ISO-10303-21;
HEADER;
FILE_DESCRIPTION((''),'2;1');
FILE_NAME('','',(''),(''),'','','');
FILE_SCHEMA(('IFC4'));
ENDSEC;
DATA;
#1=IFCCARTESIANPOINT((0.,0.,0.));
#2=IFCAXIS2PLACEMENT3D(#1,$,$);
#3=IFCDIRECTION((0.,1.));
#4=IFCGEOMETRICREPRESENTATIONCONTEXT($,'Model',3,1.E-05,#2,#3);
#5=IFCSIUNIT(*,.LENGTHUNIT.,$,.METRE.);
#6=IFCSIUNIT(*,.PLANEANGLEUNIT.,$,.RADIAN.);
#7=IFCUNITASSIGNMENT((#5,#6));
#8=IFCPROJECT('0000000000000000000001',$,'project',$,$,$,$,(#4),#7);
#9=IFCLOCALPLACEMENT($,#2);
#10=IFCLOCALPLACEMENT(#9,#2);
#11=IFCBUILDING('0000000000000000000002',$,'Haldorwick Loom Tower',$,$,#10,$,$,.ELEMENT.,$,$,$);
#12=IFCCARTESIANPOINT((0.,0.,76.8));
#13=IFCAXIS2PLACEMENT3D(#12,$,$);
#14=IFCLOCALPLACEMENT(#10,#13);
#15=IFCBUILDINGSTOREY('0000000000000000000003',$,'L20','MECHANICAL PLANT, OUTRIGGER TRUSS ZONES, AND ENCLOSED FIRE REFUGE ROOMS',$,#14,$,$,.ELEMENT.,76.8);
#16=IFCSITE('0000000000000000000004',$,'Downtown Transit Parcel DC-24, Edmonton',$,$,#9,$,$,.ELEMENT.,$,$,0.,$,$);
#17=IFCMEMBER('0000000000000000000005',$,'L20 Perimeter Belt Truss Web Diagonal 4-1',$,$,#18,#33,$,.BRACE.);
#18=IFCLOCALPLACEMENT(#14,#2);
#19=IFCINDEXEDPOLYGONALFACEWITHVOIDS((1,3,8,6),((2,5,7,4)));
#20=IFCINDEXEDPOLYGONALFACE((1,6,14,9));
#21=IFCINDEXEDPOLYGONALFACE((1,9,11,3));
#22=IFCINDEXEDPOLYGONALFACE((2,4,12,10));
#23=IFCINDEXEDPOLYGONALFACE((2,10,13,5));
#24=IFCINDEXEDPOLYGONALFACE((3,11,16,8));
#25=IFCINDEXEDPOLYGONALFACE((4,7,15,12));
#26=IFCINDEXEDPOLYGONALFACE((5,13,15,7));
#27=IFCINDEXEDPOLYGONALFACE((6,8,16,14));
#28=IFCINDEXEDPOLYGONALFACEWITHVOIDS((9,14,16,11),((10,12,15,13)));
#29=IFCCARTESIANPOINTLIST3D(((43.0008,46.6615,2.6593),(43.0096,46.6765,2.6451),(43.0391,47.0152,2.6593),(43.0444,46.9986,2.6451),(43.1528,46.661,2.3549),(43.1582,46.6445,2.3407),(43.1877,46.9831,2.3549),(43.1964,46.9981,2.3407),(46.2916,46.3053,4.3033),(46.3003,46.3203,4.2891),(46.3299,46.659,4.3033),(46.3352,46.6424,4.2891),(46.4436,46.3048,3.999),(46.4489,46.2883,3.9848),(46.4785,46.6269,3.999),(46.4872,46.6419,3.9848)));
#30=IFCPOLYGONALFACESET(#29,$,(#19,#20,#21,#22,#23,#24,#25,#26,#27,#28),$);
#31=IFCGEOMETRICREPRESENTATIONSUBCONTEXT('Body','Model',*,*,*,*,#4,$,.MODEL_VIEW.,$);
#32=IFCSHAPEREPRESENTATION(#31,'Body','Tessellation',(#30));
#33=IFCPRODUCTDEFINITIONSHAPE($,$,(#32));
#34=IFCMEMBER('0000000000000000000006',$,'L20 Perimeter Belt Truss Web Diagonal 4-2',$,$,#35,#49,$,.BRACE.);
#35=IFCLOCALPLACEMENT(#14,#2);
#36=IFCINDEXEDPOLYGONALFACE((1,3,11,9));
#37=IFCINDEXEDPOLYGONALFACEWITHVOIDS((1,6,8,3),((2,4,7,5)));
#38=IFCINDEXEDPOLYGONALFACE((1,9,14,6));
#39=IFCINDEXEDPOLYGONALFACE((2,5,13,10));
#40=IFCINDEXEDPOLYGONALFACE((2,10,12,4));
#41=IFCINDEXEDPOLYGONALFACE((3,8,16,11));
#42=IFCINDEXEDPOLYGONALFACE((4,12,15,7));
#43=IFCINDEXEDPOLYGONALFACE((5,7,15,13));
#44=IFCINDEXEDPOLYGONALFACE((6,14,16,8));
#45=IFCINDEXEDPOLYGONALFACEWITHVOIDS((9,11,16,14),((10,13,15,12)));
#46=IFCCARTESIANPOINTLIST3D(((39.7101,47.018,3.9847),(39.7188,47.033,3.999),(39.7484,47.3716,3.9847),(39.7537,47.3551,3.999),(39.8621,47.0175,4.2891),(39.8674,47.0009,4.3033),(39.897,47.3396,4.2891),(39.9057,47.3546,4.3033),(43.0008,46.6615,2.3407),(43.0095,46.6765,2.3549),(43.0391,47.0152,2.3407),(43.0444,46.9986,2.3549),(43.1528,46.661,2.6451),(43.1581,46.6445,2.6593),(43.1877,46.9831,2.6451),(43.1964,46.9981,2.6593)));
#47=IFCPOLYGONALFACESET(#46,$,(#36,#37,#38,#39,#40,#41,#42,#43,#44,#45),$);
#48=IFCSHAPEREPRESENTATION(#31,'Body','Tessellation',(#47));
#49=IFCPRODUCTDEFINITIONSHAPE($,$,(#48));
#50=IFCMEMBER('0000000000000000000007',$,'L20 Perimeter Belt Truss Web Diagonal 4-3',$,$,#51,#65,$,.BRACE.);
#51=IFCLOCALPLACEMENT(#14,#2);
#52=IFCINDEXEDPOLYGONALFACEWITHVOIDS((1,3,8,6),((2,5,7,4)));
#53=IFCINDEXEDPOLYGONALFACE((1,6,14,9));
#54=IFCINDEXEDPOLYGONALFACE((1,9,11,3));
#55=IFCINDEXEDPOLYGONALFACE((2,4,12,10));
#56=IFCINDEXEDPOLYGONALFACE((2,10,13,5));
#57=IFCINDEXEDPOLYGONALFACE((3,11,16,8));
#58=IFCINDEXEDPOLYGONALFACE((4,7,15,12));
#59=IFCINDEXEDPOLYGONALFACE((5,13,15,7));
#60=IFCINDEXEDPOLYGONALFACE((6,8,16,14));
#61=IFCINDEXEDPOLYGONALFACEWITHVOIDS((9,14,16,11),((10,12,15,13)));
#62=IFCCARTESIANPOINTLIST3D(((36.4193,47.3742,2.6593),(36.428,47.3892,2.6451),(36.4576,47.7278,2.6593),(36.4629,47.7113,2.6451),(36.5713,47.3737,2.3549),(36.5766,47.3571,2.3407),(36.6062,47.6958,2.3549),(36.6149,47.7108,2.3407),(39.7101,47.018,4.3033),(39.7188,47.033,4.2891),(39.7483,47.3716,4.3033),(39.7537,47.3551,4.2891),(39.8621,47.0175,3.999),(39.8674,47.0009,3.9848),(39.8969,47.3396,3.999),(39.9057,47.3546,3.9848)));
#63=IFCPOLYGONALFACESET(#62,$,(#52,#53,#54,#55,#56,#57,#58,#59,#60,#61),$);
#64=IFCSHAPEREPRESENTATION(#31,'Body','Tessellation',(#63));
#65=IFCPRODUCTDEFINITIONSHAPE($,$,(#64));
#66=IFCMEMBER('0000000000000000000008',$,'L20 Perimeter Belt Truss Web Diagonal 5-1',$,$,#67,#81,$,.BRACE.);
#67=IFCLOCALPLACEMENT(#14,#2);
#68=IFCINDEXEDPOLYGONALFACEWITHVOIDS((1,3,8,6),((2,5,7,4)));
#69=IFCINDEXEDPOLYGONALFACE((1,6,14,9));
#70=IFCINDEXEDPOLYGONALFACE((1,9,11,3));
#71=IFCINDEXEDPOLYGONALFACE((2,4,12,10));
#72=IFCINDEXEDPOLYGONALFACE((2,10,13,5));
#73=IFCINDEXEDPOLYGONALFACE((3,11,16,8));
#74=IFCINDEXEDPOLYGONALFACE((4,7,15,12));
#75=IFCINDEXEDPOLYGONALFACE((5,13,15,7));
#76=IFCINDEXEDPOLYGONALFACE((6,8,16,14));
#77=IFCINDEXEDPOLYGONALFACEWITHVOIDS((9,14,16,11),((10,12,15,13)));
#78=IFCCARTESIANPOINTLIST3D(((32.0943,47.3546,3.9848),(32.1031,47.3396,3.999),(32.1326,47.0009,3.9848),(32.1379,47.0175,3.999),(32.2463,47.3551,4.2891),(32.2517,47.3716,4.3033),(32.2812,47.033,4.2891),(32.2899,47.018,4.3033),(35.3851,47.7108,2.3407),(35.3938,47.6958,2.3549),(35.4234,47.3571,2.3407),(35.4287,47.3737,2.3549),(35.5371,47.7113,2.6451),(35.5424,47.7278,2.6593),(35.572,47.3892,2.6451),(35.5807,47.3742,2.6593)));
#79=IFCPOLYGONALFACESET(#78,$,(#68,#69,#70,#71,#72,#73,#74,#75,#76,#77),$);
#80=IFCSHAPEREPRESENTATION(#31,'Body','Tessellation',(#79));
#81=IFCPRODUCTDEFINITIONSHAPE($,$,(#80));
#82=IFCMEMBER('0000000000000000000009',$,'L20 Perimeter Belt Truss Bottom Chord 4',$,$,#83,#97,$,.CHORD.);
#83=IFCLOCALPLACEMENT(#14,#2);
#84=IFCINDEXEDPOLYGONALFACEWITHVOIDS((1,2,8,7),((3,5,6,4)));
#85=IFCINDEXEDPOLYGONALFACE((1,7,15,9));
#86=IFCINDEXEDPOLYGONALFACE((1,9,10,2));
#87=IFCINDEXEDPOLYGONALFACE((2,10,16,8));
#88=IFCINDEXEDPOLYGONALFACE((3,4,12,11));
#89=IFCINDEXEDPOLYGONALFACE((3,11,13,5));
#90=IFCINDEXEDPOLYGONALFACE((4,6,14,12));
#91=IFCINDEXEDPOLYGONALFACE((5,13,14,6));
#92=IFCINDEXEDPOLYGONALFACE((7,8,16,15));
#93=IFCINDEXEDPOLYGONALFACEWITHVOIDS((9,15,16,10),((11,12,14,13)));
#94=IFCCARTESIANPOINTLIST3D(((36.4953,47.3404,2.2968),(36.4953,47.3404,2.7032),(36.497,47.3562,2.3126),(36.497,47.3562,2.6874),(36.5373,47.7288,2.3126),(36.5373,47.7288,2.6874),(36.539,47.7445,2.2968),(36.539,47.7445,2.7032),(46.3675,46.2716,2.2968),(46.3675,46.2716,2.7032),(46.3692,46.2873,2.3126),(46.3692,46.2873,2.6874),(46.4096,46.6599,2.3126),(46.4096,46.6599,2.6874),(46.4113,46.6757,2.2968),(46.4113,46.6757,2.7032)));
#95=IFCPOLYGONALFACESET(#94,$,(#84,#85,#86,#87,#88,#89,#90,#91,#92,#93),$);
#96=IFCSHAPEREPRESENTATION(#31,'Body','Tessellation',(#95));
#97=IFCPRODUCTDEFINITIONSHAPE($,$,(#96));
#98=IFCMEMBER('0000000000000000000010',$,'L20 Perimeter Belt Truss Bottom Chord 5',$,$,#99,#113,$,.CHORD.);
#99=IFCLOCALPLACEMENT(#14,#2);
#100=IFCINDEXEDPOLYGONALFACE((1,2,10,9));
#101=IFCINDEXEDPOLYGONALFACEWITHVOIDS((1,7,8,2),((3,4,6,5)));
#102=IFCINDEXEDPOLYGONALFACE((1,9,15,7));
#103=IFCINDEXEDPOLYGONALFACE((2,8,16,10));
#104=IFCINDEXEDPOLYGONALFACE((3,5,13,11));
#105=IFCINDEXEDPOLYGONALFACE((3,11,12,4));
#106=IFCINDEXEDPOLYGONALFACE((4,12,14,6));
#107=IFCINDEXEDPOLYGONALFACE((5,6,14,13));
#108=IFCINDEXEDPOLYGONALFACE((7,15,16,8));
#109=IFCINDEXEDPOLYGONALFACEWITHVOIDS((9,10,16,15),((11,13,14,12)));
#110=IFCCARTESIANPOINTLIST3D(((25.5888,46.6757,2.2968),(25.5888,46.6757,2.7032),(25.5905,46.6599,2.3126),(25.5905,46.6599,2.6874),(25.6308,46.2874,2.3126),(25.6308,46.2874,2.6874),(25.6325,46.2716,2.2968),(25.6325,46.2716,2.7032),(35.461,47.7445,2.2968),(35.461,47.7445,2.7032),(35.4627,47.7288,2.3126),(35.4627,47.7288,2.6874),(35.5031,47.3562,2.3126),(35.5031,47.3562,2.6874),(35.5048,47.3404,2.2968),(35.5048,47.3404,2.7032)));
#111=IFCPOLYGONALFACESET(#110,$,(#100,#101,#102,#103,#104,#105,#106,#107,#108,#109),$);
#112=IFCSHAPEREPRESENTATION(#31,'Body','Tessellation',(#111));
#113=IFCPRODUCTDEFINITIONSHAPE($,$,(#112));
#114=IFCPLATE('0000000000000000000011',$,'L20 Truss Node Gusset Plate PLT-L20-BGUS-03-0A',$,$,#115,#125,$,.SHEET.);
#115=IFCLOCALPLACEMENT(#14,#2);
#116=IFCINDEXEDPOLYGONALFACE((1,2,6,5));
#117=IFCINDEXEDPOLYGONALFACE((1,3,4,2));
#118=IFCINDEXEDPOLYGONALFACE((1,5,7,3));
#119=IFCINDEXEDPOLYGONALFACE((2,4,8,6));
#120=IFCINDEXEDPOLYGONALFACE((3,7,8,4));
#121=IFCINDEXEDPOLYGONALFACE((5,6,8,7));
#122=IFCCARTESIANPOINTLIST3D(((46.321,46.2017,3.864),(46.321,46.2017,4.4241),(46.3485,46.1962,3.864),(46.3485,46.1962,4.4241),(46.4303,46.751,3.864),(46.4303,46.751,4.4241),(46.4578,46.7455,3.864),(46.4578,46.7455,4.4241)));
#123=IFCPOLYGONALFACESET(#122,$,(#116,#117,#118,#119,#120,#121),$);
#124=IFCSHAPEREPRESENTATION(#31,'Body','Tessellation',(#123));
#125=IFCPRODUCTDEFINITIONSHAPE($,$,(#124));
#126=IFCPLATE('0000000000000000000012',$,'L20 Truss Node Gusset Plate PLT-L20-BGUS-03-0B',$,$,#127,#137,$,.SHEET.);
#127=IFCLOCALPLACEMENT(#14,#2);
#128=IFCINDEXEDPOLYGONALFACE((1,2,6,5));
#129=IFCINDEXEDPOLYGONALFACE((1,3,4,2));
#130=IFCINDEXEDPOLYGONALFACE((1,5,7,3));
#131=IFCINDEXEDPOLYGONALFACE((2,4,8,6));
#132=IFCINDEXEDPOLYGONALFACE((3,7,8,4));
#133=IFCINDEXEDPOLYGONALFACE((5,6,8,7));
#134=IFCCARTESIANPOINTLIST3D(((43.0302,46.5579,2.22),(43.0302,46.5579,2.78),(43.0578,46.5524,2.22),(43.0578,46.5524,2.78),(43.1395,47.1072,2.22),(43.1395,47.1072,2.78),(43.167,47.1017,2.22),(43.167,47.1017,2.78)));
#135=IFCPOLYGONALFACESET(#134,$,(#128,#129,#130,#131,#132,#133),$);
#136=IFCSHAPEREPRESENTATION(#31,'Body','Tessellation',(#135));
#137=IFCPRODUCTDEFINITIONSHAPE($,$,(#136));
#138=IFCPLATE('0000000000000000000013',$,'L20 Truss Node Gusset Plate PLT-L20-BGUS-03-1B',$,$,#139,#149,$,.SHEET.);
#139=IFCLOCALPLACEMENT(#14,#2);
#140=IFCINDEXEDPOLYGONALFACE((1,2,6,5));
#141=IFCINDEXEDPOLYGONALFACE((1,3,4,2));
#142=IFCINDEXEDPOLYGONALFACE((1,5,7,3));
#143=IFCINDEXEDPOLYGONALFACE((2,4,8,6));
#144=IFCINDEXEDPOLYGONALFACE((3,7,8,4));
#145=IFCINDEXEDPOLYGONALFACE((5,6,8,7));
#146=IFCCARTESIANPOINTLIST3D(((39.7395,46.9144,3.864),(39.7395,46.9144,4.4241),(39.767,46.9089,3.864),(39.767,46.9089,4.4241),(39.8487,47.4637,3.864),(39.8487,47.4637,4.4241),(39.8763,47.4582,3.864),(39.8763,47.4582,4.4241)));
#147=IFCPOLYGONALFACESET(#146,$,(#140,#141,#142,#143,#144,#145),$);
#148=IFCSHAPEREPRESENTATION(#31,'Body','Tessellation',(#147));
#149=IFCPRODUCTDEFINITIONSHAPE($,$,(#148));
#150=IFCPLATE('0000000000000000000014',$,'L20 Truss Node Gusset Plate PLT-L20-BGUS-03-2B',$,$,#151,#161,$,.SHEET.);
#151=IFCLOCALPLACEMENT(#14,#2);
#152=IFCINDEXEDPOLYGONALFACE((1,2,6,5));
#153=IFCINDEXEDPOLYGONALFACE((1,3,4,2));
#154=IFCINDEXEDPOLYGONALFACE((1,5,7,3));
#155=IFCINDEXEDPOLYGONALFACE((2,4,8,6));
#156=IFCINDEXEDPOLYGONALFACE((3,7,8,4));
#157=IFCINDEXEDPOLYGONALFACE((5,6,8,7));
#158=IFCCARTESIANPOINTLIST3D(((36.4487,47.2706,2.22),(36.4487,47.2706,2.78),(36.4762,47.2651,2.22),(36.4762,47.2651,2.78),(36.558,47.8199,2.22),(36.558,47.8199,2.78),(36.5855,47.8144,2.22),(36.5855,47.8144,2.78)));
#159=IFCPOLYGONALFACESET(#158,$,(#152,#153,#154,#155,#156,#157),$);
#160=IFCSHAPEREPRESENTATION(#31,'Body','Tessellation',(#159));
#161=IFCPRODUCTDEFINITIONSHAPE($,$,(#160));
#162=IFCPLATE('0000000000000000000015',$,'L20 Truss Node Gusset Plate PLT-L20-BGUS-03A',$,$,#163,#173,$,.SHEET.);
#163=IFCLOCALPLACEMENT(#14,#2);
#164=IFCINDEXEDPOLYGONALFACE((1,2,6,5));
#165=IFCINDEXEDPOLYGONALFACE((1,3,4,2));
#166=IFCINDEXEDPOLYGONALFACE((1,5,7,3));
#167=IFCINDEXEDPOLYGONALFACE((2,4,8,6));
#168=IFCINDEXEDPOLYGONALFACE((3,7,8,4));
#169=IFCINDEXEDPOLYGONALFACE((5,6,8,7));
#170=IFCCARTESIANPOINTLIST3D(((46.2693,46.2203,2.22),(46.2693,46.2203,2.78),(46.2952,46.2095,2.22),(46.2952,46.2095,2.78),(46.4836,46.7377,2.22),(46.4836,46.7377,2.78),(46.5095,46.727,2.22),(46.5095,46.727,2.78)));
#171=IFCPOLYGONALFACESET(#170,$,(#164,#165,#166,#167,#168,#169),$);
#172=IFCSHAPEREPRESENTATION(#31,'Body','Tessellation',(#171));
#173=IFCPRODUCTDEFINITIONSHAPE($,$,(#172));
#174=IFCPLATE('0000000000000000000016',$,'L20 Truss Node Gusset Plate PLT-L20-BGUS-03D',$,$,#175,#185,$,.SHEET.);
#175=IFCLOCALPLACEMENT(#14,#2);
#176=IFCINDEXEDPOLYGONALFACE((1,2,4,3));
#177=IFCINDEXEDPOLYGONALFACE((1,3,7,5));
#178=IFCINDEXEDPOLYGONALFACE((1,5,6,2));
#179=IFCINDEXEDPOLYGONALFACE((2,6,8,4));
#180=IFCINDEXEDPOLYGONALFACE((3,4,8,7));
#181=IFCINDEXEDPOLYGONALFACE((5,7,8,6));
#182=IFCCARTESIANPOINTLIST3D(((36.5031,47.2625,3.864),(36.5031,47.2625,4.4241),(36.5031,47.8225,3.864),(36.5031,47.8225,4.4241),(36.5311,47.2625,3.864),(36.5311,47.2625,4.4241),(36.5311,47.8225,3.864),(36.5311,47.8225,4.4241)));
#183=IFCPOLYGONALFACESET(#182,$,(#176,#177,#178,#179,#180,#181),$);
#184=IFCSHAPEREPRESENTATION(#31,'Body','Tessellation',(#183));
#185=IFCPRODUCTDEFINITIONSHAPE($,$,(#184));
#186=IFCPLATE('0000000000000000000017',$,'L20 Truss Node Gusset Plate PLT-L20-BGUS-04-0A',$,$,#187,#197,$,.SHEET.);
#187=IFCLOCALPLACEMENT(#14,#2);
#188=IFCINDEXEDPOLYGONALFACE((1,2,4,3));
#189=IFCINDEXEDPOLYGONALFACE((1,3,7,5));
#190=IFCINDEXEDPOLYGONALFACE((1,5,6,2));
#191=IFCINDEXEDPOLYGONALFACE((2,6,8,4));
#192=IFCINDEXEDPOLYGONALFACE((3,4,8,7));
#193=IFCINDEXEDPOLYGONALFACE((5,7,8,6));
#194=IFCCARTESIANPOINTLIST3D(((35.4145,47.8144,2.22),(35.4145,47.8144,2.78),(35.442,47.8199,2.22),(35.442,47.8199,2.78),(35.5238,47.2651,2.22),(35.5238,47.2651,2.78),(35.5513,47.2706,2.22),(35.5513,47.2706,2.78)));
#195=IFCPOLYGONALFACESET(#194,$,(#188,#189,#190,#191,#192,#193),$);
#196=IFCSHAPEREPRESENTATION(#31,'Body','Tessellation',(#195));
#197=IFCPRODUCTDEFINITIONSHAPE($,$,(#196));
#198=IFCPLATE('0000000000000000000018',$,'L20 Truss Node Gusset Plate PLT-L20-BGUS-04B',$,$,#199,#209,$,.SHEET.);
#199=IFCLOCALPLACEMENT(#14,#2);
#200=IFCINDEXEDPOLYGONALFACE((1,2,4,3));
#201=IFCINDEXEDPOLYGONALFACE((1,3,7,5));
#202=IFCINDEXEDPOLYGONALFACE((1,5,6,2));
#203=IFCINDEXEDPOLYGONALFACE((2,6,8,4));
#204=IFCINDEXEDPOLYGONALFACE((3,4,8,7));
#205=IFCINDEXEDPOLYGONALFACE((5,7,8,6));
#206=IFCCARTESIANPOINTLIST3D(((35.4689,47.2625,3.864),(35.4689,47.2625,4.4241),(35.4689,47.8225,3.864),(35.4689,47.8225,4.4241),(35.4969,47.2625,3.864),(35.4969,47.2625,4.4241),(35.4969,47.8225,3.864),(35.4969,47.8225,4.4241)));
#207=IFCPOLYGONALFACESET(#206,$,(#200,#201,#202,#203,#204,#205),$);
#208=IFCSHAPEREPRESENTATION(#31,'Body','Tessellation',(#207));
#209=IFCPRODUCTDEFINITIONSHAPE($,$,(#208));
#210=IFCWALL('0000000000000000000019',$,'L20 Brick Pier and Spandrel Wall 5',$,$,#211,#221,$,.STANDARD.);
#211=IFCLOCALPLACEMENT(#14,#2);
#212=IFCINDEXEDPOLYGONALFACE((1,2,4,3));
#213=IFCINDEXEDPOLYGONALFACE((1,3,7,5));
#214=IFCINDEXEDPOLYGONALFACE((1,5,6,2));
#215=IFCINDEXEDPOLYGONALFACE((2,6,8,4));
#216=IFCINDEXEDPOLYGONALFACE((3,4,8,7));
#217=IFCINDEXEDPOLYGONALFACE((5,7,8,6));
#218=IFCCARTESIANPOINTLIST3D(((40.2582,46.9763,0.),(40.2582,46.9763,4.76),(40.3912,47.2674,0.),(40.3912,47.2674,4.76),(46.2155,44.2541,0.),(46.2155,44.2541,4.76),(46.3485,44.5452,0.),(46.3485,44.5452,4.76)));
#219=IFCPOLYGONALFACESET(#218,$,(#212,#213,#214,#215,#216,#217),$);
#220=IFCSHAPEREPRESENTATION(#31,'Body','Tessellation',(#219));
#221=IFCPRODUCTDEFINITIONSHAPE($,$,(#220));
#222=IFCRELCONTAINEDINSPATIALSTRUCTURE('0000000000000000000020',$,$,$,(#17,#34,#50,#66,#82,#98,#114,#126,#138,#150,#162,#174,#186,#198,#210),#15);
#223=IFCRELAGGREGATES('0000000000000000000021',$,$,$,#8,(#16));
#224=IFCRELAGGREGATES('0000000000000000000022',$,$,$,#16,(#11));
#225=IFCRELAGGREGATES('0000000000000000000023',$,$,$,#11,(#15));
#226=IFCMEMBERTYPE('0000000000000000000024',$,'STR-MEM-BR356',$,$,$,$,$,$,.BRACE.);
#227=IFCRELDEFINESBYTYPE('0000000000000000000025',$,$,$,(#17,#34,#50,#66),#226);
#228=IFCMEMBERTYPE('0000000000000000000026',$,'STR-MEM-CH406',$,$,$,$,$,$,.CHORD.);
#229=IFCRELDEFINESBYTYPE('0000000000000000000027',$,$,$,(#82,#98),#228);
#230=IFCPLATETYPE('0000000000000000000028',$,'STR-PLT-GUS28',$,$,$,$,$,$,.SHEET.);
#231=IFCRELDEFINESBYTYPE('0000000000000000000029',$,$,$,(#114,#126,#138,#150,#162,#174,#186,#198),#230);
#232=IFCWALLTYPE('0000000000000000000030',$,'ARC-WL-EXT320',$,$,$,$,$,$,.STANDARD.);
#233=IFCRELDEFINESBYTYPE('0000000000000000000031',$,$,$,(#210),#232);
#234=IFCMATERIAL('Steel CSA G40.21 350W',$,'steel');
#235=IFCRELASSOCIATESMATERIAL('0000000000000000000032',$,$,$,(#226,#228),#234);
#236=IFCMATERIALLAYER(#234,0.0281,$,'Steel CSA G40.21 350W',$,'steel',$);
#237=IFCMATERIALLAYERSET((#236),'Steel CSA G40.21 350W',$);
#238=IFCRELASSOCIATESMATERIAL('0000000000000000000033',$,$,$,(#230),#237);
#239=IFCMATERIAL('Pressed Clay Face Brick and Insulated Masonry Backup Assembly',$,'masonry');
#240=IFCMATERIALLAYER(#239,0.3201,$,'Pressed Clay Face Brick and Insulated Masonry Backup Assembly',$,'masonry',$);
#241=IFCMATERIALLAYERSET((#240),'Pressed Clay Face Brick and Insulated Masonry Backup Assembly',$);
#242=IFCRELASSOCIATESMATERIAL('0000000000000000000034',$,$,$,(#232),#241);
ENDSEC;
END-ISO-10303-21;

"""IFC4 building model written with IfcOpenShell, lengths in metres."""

from ifc_helpers import new_model, si_unit, direction, frame, frame_2d, origin, origin_2d, place, context, subcontext, project, spatial, rectangle, hollow_rectangle, extrude, material, layer, layer_set, material_profile, profile_set, type_object, element, save


model = new_model("IFC4")

# Units and contexts
model_context = context("Model", 3, precision=1e-05, world=origin(), true_north=direction((0.0, 1.0)))
body_context = subcontext(model_context, "Body", "Model", "MODEL_VIEW")
ifc_project = project(units=[si_unit("LENGTHUNIT", "METRE"), si_unit("PLANEANGLEUNIT", "RADIAN")], contexts=[model_context])

# Site, building, storey
site_placement = place(None, origin())
site = spatial("IfcSite", under=ifc_project, at=site_placement, Name="Downtown Transit Parcel DC-24, Edmonton", CompositionType="ELEMENT", RefElevation=0.0)
building_placement = place(site_placement, origin())
building = spatial("IfcBuilding", under=site, at=building_placement, Name="Haldorwick Loom Tower", CompositionType="ELEMENT")
storey_placement = place(building_placement, frame((0.0, 0.0, 76.8)))
storey = spatial("IfcBuildingStorey", under=building, at=storey_placement, Name="L20", Description="MECHANICAL PLANT, OUTRIGGER TRUSS ZONES, AND ENCLOSED FIRE REFUGE ROOMS", CompositionType="ELEMENT", Elevation=76.8)

# Shared definitions
ifc_material_1 = material(Name="Steel CSA G40.21 350W", Category="steel")

# Members
ifc_material_profile_1 = material_profile(ifc_material_1, hollow_rectangle(XDim=0.3557, YDim=0.3557, WallThickness=0.0159, at=origin_2d()), Name="HSS356X356X16", Category="steel")
ifc_profile_set_1 = profile_set([ifc_material_profile_1], Name="Steel CSA G40.21 350W")
member_type_1 = type_object("IfcMemberType", Name="STR-MEM-BR356", PredefinedType="BRACE", material=ifc_profile_set_1)
for number, where, z_axis, x_axis, name in (
    (1, (46.3894, 46.4736, 4.144), (-0.890409, 0.09638, -0.444841), (-0.107614, -0.994193, 0.0), "L20 Perimeter Belt Truss Web Diagonal 4-1"),
    (2, (43.0986, 46.8298, 2.5), (-0.890403, 0.096445, 0.444838), (-0.107687, -0.994185, 0.0), "L20 Perimeter Belt Truss Web Diagonal 4-2"),
    (3, (39.8079, 47.1863, 4.144), (-0.890409, 0.09638, -0.444841), (-0.107614, -0.994193, 0.0), "L20 Perimeter Belt Truss Web Diagonal 4-3"),
    (4, (35.4829, 47.5425, 2.5), (-0.890409, -0.09638, 0.444841), (0.107614, -0.994193, 0.0), "L20 Perimeter Belt Truss Web Diagonal 5-1"),
):
    element("IfcMember", number, at=place(storey_placement, frame(where, z_axis=z_axis, x_axis=x_axis)), inside=storey, type_object=member_type_1, Name=name, PredefinedType="BRACE", context=body_context, shape_type="SweptSolid", body=[
        extrude(hollow_rectangle(XDim=0.3557, YDim=0.3557, WallThickness=0.0159, at=origin_2d()), origin(), (0.0, 0.0, 1.0), 3.6958),
    ])
ifc_material_profile_2 = material_profile(ifc_material_1, hollow_rectangle(XDim=0.4065, YDim=0.4065, WallThickness=0.0159, at=origin_2d()), Name="HSS406X406X16", Category="steel")
ifc_profile_set_2 = profile_set([ifc_material_profile_2], Name="Steel CSA G40.21 350W")
member_type_2 = type_object("IfcMemberType", Name="STR-MEM-CH406", PredefinedType="CHORD", material=ifc_profile_set_2)
for number, where, z_axis, x_axis, name in (
    (5, (46.3894, 46.4736, 2.5), (-0.99419, 0.107638, 0.0), (-0.107638, -0.99419, 0.0), "L20 Perimeter Belt Truss Bottom Chord 4"),
    (6, (35.4829, 47.5425, 2.5), (-0.99419, -0.107638, 0.0), (0.107638, -0.99419, 0.0), "L20 Perimeter Belt Truss Bottom Chord 5"),
):
    element("IfcMember", number, at=place(storey_placement, frame(where, z_axis=z_axis, x_axis=x_axis)), inside=storey, type_object=member_type_2, Name=name, PredefinedType="CHORD", context=body_context, shape_type="SweptSolid", body=[
        extrude(hollow_rectangle(XDim=0.4065, YDim=0.4065, WallThickness=0.0159, at=origin_2d()), origin(), (0.0, 0.0, 1.0), 9.9299),
    ])

# Plates
ifc_layer_1 = layer(ifc_material_1, 0.0281, Name="Steel CSA G40.21 350W", Category="steel")
ifc_layer_set_1 = layer_set([ifc_layer_1], Name="Steel CSA G40.21 350W")
plate_type = type_object("IfcPlateType", Name="STR-PLT-GUS28", PredefinedType="SHEET", material=ifc_layer_set_1)
for number, where, z_axis, x_axis, name in (
    (7, (46.3894, 46.4736, 3.864), (0.0, 0.0, 1.0), (0.19509, 0.980785, 0.0), "L20 Truss Node Gusset Plate PLT-L20-BGUS-03-0A"),
    (8, (43.0986, 46.8298, 2.22), (0.0, 0.0, 1.0), (0.19509, 0.980785, 0.0), "L20 Truss Node Gusset Plate PLT-L20-BGUS-03-0B"),
    (9, (39.8079, 47.1863, 3.864), (0.0, 0.0, 1.0), (0.19509, 0.980785, 0.0), "L20 Truss Node Gusset Plate PLT-L20-BGUS-03-1B"),
    (10, (36.5171, 47.5425, 2.22), (0.0, 0.0, 1.0), (0.19509, 0.980785, 0.0), "L20 Truss Node Gusset Plate PLT-L20-BGUS-03-2B"),
    (11, (46.3894, 46.4736, 2.22), (0.0, 0.0, 1.0), (0.382683, 0.92388, 0.0), "L20 Truss Node Gusset Plate PLT-L20-BGUS-03A"),
    (12, (36.5171, 47.5425, 3.864), (0.0, 0.0, 1.0), (0.0, 1.0, 0.0), "L20 Truss Node Gusset Plate PLT-L20-BGUS-03D"),
    (13, (35.4829, 47.5425, 2.22), (0.0, 0.0, 1.0), (-0.19509, 0.980785, 0.0), "L20 Truss Node Gusset Plate PLT-L20-BGUS-04-0A"),
    (14, (35.4829, 47.5425, 3.864), (0.0, 0.0, 1.0), (0.0, 1.0, 0.0), "L20 Truss Node Gusset Plate PLT-L20-BGUS-04B"),
):
    element("IfcPlate", number, at=place(storey_placement, frame(where, z_axis=z_axis, x_axis=x_axis)), inside=storey, type_object=plate_type, Name=name, PredefinedType="SHEET", context=body_context, shape_type="SweptSolid", body=[
        extrude(rectangle(XDim=0.5601, YDim=0.0281, at=origin_2d()), origin(), (0.0, 0.0, 1.0), 0.5601),
    ])

# Wall
ifc_material_2 = material(Name="Pressed Clay Face Brick and Insulated Masonry Backup Assembly", Category="masonry")
ifc_layer_2 = layer(ifc_material_2, 0.3201, Name="Pressed Clay Face Brick and Insulated Masonry Backup Assembly", Category="masonry")
ifc_layer_set_2 = layer_set([ifc_layer_2], Name="Pressed Clay Face Brick and Insulated Masonry Backup Assembly")
wall_type_1 = type_object("IfcWallType", Name="ARC-WL-EXT320", PredefinedType="STANDARD", material=ifc_layer_set_2)
wall_1_placement = place(storey_placement, frame((46.282, 44.3997, 0.0), z_axis=(0.0, 0.0, 1.0), x_axis=(-0.909541, 0.415614, 0.0)))
element("IfcWall", 15, at=wall_1_placement, inside=storey, type_object=wall_type_1, Name="L20 Brick Pier and Spandrel Wall 5", PredefinedType="STANDARD", context=body_context, shape_type="SweptSolid", body=[
    extrude(rectangle(XDim=6.5498, YDim=0.3201, at=frame_2d((3.2749, 0.0))), origin(), (0.0, 0.0, 1.0), 4.76),
])

save(model, "model.ifc")
